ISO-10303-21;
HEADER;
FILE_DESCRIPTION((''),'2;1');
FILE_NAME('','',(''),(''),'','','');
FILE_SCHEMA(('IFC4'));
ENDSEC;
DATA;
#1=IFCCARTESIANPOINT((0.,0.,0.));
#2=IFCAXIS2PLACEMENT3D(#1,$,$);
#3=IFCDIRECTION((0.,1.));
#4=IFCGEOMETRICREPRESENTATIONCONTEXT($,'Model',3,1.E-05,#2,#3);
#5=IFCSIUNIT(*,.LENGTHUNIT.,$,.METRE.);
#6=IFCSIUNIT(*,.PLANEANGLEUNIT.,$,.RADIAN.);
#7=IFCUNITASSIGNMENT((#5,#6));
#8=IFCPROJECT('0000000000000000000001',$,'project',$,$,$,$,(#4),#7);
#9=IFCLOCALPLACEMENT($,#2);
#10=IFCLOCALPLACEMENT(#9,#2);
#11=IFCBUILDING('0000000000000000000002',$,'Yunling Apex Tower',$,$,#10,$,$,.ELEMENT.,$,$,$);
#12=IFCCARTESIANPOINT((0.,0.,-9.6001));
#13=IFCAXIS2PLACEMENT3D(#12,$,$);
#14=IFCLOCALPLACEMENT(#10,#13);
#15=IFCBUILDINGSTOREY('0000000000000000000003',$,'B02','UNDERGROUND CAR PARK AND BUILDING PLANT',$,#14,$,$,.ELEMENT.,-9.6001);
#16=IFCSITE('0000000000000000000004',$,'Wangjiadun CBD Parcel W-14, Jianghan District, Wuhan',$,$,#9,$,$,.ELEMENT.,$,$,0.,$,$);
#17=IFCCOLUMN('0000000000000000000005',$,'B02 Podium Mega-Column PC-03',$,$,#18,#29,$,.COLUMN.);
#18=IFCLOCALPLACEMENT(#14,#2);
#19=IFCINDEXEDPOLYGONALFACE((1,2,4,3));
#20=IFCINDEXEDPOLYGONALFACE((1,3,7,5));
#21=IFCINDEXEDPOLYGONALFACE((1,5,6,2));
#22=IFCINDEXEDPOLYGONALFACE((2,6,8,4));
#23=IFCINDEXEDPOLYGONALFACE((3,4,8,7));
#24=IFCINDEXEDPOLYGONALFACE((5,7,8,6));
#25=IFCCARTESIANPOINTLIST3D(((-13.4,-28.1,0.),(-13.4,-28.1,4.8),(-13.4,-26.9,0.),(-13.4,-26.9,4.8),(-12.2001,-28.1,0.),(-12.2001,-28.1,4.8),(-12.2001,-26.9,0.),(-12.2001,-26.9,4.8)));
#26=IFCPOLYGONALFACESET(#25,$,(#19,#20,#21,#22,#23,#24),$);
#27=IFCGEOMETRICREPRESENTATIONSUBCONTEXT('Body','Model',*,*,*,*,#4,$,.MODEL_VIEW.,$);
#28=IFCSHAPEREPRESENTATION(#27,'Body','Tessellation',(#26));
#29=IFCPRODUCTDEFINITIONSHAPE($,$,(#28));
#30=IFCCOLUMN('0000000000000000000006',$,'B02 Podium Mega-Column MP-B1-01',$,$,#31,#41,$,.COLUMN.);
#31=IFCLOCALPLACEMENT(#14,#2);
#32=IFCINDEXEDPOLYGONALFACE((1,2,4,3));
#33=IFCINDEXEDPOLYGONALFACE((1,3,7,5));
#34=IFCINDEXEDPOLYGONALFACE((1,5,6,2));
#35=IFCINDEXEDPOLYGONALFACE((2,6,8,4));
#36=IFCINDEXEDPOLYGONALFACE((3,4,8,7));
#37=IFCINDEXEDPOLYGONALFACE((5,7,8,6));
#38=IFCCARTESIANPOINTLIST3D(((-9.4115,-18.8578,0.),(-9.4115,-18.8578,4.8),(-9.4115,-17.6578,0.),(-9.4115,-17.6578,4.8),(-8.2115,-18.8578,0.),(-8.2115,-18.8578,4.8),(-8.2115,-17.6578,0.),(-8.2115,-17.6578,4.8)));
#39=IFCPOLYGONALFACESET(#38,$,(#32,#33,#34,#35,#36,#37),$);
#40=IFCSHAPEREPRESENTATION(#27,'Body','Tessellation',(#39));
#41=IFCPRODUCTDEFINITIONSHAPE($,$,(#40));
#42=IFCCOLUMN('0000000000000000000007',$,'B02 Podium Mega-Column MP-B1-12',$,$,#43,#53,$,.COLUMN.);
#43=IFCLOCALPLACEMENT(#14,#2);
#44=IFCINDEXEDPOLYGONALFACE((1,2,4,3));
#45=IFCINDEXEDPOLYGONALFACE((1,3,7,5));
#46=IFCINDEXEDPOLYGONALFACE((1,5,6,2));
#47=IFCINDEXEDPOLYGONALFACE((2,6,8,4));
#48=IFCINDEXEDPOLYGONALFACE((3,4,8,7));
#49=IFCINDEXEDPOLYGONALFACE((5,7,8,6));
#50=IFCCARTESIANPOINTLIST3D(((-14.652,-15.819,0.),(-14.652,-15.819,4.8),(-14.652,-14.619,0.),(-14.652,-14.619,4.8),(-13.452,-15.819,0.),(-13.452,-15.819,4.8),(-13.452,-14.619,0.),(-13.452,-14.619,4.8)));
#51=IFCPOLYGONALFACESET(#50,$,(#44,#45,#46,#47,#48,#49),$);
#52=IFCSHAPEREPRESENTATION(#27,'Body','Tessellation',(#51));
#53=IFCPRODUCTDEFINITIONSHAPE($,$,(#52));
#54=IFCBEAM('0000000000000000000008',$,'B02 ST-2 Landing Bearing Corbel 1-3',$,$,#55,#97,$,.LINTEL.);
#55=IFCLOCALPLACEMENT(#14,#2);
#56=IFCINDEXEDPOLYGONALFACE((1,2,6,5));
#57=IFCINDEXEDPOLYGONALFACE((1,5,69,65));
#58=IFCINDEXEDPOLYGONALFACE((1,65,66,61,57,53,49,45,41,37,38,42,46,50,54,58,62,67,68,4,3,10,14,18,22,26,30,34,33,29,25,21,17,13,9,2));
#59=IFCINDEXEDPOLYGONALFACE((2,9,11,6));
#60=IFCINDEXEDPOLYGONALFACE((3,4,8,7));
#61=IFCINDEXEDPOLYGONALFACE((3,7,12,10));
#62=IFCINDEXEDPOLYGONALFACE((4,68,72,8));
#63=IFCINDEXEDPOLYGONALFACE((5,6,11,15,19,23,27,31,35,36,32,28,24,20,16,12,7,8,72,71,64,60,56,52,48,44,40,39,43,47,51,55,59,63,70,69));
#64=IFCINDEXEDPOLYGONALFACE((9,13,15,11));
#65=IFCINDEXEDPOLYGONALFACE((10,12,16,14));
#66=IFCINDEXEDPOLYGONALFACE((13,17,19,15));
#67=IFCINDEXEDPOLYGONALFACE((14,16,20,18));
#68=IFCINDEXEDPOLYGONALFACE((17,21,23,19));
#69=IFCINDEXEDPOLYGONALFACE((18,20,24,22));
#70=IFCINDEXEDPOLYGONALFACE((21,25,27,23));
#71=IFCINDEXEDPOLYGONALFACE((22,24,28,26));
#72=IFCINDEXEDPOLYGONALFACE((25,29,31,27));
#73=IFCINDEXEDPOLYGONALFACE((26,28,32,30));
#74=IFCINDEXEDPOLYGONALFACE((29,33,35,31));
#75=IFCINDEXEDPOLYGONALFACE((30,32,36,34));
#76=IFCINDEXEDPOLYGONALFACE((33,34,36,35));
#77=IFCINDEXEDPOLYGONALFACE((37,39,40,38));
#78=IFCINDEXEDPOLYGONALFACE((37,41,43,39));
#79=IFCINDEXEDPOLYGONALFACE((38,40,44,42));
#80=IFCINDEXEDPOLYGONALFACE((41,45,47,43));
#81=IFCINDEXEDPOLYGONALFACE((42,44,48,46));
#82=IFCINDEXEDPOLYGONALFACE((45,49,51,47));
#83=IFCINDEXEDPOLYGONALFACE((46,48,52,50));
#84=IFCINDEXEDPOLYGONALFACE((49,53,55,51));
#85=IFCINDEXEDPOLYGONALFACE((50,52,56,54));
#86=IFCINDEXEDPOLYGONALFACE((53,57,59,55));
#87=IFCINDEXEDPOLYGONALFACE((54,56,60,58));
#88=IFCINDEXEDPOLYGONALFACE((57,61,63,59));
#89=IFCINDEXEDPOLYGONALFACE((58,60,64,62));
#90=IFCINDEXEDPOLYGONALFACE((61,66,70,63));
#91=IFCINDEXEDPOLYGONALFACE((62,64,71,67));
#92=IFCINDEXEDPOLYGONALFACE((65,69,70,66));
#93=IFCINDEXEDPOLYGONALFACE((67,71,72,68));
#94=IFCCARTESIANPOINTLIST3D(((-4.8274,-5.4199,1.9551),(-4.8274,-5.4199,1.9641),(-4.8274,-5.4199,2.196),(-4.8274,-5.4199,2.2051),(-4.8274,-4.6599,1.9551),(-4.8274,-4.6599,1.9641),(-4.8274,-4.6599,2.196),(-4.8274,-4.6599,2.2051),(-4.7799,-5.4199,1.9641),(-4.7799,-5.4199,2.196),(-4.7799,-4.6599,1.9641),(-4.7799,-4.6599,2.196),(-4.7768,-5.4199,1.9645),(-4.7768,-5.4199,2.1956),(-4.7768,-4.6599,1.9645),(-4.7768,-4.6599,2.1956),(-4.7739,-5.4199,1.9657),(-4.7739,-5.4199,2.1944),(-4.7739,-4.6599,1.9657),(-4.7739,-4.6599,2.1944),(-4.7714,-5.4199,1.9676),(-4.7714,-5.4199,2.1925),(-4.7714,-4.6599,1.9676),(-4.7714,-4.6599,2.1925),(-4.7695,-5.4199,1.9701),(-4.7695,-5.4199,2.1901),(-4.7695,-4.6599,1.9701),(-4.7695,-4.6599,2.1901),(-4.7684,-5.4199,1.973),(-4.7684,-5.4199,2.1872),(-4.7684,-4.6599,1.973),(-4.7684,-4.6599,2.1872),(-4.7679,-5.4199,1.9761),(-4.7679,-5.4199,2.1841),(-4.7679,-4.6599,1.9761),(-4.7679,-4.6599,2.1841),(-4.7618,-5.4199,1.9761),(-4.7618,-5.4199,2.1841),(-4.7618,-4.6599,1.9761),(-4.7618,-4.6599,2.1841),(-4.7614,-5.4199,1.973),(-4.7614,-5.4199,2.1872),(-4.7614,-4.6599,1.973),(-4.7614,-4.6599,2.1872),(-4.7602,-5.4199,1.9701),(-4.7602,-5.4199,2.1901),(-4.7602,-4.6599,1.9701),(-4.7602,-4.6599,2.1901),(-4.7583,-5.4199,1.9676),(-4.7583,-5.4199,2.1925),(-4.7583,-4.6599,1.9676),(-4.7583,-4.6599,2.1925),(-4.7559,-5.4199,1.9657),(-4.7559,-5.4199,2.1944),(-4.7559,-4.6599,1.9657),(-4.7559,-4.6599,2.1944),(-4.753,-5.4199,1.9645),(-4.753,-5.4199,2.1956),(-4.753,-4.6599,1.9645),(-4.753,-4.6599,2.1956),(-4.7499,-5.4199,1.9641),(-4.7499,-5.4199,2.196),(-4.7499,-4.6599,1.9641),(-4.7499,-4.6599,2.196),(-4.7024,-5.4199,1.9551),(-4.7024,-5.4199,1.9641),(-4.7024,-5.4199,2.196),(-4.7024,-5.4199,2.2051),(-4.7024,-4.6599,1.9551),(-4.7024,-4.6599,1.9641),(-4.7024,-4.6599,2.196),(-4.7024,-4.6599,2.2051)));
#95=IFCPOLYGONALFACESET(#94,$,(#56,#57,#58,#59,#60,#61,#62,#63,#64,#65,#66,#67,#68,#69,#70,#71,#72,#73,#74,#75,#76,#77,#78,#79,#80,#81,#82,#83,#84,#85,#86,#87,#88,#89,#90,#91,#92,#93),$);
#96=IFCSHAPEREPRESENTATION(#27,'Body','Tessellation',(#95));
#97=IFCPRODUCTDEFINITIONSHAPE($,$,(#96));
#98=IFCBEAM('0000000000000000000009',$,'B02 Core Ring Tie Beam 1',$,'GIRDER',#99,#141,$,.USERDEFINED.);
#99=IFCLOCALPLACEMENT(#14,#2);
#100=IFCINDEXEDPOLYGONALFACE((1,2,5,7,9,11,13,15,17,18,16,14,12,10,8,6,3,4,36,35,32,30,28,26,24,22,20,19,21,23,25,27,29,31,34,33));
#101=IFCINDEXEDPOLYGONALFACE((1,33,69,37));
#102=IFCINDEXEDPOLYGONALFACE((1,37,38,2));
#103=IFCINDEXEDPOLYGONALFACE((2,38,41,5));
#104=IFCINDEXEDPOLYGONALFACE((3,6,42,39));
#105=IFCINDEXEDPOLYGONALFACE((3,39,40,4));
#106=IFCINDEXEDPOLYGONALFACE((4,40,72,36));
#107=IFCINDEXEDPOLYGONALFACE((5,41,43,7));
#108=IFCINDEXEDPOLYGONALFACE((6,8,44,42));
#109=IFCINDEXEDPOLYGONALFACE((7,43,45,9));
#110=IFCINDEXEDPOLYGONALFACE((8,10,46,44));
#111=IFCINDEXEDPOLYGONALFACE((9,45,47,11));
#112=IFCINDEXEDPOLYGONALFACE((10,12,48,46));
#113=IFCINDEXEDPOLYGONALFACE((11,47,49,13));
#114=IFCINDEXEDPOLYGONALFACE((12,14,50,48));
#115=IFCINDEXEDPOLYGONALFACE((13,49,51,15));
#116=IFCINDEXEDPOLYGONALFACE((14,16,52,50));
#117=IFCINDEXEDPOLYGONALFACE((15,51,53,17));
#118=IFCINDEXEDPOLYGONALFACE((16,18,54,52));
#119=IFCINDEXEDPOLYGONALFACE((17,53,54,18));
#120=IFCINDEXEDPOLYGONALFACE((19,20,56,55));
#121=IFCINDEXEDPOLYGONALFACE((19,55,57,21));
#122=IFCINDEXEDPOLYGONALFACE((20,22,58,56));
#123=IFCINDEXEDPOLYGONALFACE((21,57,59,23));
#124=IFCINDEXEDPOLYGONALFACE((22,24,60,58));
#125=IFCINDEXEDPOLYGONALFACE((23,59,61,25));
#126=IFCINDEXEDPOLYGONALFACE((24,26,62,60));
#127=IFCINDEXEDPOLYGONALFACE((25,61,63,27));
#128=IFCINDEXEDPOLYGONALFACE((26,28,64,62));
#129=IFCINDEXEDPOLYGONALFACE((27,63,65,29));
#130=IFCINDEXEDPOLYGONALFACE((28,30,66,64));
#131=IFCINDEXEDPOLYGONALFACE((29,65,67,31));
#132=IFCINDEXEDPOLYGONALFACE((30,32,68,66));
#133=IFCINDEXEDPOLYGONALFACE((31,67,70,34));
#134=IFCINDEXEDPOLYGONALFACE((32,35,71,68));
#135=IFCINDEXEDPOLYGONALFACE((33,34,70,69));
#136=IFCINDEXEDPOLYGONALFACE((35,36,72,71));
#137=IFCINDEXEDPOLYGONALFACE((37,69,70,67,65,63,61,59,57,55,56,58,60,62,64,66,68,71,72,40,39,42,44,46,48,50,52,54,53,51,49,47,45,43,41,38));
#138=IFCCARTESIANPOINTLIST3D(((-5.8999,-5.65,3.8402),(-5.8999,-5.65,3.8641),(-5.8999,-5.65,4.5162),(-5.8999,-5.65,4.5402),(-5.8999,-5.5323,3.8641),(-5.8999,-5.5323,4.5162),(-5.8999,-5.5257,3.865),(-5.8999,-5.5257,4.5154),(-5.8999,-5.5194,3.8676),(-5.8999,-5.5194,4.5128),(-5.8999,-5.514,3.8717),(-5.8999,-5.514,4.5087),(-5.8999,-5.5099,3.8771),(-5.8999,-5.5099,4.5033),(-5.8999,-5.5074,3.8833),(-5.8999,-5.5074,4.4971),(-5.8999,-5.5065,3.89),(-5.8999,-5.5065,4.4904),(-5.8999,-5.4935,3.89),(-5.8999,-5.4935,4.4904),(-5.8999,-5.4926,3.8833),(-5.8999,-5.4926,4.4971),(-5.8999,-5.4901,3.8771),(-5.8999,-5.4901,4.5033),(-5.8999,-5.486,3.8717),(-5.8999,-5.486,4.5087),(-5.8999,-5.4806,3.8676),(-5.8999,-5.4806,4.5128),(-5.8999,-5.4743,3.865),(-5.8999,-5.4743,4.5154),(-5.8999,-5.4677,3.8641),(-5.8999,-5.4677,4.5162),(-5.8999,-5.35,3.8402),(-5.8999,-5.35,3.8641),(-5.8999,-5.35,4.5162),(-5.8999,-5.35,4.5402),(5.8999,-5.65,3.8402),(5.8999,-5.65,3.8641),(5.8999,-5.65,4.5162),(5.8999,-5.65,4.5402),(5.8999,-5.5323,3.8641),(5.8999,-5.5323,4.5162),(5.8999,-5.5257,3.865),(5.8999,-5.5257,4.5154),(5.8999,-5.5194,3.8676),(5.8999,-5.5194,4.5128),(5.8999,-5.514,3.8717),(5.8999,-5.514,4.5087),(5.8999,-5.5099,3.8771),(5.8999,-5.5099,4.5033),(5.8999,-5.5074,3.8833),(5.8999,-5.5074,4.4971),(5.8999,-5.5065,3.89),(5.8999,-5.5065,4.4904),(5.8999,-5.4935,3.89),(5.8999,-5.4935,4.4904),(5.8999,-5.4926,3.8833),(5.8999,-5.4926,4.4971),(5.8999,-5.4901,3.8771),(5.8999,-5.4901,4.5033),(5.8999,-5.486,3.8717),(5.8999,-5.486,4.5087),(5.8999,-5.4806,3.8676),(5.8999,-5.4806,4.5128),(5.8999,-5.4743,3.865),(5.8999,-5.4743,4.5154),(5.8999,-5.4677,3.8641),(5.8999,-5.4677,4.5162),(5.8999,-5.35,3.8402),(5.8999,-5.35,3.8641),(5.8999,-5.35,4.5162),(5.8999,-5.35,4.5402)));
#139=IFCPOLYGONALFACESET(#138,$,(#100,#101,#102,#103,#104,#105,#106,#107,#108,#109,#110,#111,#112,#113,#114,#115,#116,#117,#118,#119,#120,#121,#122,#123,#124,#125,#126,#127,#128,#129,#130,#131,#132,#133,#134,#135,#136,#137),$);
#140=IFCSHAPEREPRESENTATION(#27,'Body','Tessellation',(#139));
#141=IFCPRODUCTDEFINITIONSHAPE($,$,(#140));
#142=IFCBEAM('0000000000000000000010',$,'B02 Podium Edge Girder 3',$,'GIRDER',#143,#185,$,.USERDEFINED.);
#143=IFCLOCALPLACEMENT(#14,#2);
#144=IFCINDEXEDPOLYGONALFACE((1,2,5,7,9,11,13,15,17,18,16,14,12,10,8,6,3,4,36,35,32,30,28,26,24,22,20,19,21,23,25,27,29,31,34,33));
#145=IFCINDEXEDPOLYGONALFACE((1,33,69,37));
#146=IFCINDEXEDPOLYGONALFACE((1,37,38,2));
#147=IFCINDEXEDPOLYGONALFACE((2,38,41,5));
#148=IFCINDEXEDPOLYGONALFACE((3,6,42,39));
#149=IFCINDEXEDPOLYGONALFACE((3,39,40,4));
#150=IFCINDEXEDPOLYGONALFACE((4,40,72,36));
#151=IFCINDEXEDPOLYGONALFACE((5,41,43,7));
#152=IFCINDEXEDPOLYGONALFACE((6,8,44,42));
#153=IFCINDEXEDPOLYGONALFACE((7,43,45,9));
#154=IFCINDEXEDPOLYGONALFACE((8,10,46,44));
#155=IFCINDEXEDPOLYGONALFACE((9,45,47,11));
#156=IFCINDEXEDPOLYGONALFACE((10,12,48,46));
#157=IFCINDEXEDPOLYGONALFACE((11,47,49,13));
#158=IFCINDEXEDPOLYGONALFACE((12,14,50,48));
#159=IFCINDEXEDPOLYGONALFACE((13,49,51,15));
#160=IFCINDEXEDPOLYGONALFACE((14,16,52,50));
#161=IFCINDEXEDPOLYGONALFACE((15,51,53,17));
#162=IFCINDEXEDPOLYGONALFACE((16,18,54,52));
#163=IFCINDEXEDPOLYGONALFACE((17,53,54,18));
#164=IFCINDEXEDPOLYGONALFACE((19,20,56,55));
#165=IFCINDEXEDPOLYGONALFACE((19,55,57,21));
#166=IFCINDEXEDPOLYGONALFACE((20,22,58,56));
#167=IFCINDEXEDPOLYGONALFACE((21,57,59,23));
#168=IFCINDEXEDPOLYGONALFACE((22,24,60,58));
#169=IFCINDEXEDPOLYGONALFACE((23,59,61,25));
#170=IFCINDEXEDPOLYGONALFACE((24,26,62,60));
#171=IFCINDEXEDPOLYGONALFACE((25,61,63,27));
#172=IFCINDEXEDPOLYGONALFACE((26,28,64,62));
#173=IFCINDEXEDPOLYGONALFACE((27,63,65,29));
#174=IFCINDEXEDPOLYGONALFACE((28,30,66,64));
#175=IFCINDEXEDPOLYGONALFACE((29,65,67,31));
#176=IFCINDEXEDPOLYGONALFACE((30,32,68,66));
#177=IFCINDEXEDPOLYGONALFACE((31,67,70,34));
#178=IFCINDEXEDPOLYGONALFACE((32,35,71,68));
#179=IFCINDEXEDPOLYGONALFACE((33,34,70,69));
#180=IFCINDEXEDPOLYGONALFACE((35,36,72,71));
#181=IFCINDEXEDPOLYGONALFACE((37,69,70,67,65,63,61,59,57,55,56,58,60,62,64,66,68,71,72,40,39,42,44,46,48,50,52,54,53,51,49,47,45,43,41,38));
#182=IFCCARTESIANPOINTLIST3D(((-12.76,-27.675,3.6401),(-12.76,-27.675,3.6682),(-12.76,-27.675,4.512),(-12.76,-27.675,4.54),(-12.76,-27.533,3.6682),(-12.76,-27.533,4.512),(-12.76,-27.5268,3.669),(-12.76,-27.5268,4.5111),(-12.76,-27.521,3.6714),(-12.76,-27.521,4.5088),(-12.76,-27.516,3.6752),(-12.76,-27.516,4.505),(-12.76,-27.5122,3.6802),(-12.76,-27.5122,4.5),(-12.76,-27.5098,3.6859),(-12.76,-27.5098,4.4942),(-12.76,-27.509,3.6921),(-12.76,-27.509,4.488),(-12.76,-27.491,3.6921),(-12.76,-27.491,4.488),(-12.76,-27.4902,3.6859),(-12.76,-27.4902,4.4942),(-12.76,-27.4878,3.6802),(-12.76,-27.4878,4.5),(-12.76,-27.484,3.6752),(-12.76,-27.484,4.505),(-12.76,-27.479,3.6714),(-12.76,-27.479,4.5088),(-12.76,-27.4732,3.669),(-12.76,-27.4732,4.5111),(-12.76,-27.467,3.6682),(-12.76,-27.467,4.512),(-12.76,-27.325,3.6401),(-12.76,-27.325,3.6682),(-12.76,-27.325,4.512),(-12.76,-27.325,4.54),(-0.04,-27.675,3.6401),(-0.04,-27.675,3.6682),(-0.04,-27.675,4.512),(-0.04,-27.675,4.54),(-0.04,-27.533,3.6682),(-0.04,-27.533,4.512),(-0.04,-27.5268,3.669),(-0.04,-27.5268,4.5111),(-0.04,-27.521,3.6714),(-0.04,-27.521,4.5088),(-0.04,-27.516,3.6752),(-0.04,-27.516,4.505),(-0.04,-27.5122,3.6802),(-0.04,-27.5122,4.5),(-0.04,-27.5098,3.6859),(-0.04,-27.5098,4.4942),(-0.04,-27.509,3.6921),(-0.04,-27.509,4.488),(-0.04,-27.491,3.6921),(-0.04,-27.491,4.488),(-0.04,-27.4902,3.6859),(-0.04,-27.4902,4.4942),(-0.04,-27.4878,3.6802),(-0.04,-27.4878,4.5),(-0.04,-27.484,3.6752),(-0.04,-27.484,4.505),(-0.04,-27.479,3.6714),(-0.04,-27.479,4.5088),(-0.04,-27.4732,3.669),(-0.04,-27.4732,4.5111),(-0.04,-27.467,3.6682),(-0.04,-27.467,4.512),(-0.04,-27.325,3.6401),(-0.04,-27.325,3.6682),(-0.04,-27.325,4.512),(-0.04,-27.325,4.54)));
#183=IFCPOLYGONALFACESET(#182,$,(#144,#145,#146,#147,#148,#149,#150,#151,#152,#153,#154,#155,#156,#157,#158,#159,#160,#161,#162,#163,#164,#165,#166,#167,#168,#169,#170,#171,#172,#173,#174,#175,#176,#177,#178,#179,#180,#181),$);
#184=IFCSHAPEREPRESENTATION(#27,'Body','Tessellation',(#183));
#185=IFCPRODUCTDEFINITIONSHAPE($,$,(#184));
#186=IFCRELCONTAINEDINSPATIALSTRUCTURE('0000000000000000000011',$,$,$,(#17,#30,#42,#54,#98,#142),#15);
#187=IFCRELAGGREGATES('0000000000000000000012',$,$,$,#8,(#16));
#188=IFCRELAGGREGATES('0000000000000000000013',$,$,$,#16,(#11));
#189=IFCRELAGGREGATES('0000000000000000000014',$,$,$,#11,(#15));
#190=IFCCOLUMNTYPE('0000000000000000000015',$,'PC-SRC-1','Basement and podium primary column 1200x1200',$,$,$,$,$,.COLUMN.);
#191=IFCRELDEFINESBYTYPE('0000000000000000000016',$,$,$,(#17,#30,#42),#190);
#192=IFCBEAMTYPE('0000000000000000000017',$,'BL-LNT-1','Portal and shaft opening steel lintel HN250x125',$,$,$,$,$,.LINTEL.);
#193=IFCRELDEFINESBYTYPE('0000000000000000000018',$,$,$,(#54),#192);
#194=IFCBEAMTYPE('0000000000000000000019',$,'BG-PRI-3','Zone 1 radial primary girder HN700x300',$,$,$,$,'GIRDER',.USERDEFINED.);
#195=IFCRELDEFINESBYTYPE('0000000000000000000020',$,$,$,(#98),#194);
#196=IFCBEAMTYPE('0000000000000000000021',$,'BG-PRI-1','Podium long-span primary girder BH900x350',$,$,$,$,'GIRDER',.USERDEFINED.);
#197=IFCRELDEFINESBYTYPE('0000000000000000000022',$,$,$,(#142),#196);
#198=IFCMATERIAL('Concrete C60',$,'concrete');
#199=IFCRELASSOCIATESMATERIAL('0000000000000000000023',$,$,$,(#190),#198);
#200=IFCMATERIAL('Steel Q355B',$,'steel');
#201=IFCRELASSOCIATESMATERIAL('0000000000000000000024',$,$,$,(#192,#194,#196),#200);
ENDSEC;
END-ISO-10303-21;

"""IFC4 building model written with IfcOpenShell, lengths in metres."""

from ifc_helpers import new_model, si_unit, direction, frame, origin, origin_2d, place, context, subcontext, project, spatial, rectangle, i_section, extrude, source, transform, mapped, material, material_profile, profile_set, type_object, element, save


model = new_model("IFC4")

# Units and contexts
model_context = context("Model", 3, precision=1e-05, world=origin(), true_north=direction((0.0, 1.0)))
body_context = subcontext(model_context, "Body", "Model", "MODEL_VIEW")
ifc_project = project(units=[si_unit("LENGTHUNIT", "METRE"), si_unit("PLANEANGLEUNIT", "RADIAN")], contexts=[model_context])

# Site, building, storey
site_placement = place(None, origin())
site = spatial("IfcSite", under=ifc_project, at=site_placement, Name="Wangjiadun CBD Parcel W-14, Jianghan District, Wuhan", CompositionType="ELEMENT", RefElevation=0.0)
building_placement = place(site_placement, origin())
building = spatial("IfcBuilding", under=site, at=building_placement, Name="Yunling Apex Tower", CompositionType="ELEMENT")
storey_placement = place(building_placement, frame((0.0, 0.0, -9.6001)))
storey = spatial("IfcBuildingStorey", under=building, at=storey_placement, Name="B02", Description="UNDERGROUND CAR PARK AND BUILDING PLANT", CompositionType="ELEMENT", Elevation=-9.6001)

# Columns
ifc_material_1 = material(Name="Concrete C60", Category="concrete")
ifc_material_profile_1 = material_profile(ifc_material_1, rectangle(XDim=1.2, YDim=1.2, at=origin_2d()))
ifc_profile_set_1 = profile_set([ifc_material_profile_1], Name="Concrete C60")
column_type_1 = type_object("IfcColumnType", Name="PC-SRC-1", Description="Basement and podium primary column 1200x1200", PredefinedType="COLUMN", material=ifc_profile_set_1)
shared_shape_1 = source(origin(), body_context, "Body", "SweptSolid", [
    extrude(rectangle(XDim=1.2, YDim=1.2, at=origin_2d()), origin(), (0.0, 0.0, 1.0), 4.8),
])
for number, where, z_axis, x_axis, name in (
    (1, (-12.8, -27.5, 0.0), (0.0, 0.0, 1.0), (1.0, 0.0, 0.0), "B02 Podium Mega-Column PC-03"),
    (2, (-8.8115, -18.2578, 0.0), (0.0, 0.0, 1.0), (1.0, 0.0, 0.0), "B02 Podium Mega-Column MP-B1-01"),
    (3, (-14.052, -15.219, 0.0), (0.0, 0.0, 1.0), (1.0, 0.0, 0.0), "B02 Podium Mega-Column MP-B1-12"),
):
    element("IfcColumn", number, at=place(storey_placement, frame(where, z_axis=z_axis, x_axis=x_axis)), inside=storey, type_object=column_type_1, Name=name, PredefinedType="COLUMN", context=body_context, shape_type="MappedRepresentation", body=[
        mapped(shared_shape_1, transform((0.0, 0.0, 0.0), scale=1.0)),
    ])

# Beams
ifc_material_2 = material(Name="Steel Q355B", Category="steel")
ifc_material_profile_2 = material_profile(ifc_material_2, i_section(OverallWidth=0.125, OverallDepth=0.25, WebThickness=0.0061, FlangeThickness=0.009, FilletRadius=0.012, at=origin_2d()))
ifc_profile_set_2 = profile_set([ifc_material_profile_2], Name="Steel Q355B")
beam_type_1 = type_object("IfcBeamType", Name="BL-LNT-1", Description="Portal and shaft opening steel lintel HN250x125", PredefinedType="LINTEL", material=ifc_profile_set_2)
shared_shape_2 = source(origin(), body_context, "Body", "SweptSolid", [
    extrude(i_section(OverallWidth=0.125, OverallDepth=0.25, WebThickness=0.0061, FlangeThickness=0.009, FilletRadius=0.012, at=origin_2d()), origin(), (0.0, 0.0, 1.0), 0.76),
])
beam_1_placement = place(storey_placement, frame((-4.7649, -5.4199, 2.0801), z_axis=(0.0, 1.0, 0.0), x_axis=(-1.0, 0.0, 0.0)))
element("IfcBeam", 4, at=beam_1_placement, inside=storey, type_object=beam_type_1, Name="B02 ST-2 Landing Bearing Corbel 1-3", PredefinedType="LINTEL", context=body_context, shape_type="MappedRepresentation", body=[
    mapped(shared_shape_2, transform((0.0, 0.0, 0.0), scale=1.0)),
])
ifc_material_profile_3 = material_profile(ifc_material_2, i_section(OverallWidth=0.3, OverallDepth=0.7, WebThickness=0.0129, FlangeThickness=0.0239, FilletRadius=0.0259, at=origin_2d()))
ifc_profile_set_3 = profile_set([ifc_material_profile_3], Name="Steel Q355B")
beam_type_2 = type_object("IfcBeamType", Name="BG-PRI-3", Description="Zone 1 radial primary girder HN700x300", ElementType="GIRDER", PredefinedType="USERDEFINED", material=ifc_profile_set_3)
shared_shape_3 = source(origin(), body_context, "Body", "SweptSolid", [
    extrude(i_section(OverallWidth=0.3, OverallDepth=0.7, WebThickness=0.0129, FlangeThickness=0.0239, FilletRadius=0.0259, at=origin_2d()), origin(), (0.0, 0.0, 1.0), 11.7998),
])
beam_2_placement = place(storey_placement, frame((-5.8999, -5.5, 4.1902), z_axis=(1.0, 0.0, 0.0), x_axis=(0.0, 1.0, 0.0)))
element("IfcBeam", 5, at=beam_2_placement, inside=storey, type_object=beam_type_2, Name="B02 Core Ring Tie Beam 1", ObjectType="GIRDER", PredefinedType="USERDEFINED", context=body_context, shape_type="MappedRepresentation", body=[
    mapped(shared_shape_3, transform((0.0, 0.0, 0.0), scale=1.0)),
])
ifc_material_profile_4 = material_profile(ifc_material_2, i_section(OverallWidth=0.3501, OverallDepth=0.8999, WebThickness=0.0181, FlangeThickness=0.0281, FilletRadius=0.0239, at=origin_2d()))
ifc_profile_set_4 = profile_set([ifc_material_profile_4], Name="Steel Q355B")
beam_type_3 = type_object("IfcBeamType", Name="BG-PRI-1", Description="Podium long-span primary girder BH900x350", ElementType="GIRDER", PredefinedType="USERDEFINED", material=ifc_profile_set_4)
shared_shape_4 = source(origin(), body_context, "Body", "SweptSolid", [
    extrude(i_section(OverallWidth=0.3501, OverallDepth=0.8999, WebThickness=0.0181, FlangeThickness=0.0281, FilletRadius=0.0239, at=origin_2d()), origin(), (0.0, 0.0, 1.0), 12.72),
])
beam_3_placement = place(storey_placement, frame((-12.76, -27.5, 4.0901), z_axis=(1.0, 0.0, 0.0), x_axis=(0.0, 1.0, 0.0)))
element("IfcBeam", 6, at=beam_3_placement, inside=storey, type_object=beam_type_3, Name="B02 Podium Edge Girder 3", ObjectType="GIRDER", PredefinedType="USERDEFINED", context=body_context, shape_type="MappedRepresentation", body=[
    mapped(shared_shape_4, transform((0.0, 0.0, 0.0), scale=1.0)),
])

save(model, "model.ifc")
